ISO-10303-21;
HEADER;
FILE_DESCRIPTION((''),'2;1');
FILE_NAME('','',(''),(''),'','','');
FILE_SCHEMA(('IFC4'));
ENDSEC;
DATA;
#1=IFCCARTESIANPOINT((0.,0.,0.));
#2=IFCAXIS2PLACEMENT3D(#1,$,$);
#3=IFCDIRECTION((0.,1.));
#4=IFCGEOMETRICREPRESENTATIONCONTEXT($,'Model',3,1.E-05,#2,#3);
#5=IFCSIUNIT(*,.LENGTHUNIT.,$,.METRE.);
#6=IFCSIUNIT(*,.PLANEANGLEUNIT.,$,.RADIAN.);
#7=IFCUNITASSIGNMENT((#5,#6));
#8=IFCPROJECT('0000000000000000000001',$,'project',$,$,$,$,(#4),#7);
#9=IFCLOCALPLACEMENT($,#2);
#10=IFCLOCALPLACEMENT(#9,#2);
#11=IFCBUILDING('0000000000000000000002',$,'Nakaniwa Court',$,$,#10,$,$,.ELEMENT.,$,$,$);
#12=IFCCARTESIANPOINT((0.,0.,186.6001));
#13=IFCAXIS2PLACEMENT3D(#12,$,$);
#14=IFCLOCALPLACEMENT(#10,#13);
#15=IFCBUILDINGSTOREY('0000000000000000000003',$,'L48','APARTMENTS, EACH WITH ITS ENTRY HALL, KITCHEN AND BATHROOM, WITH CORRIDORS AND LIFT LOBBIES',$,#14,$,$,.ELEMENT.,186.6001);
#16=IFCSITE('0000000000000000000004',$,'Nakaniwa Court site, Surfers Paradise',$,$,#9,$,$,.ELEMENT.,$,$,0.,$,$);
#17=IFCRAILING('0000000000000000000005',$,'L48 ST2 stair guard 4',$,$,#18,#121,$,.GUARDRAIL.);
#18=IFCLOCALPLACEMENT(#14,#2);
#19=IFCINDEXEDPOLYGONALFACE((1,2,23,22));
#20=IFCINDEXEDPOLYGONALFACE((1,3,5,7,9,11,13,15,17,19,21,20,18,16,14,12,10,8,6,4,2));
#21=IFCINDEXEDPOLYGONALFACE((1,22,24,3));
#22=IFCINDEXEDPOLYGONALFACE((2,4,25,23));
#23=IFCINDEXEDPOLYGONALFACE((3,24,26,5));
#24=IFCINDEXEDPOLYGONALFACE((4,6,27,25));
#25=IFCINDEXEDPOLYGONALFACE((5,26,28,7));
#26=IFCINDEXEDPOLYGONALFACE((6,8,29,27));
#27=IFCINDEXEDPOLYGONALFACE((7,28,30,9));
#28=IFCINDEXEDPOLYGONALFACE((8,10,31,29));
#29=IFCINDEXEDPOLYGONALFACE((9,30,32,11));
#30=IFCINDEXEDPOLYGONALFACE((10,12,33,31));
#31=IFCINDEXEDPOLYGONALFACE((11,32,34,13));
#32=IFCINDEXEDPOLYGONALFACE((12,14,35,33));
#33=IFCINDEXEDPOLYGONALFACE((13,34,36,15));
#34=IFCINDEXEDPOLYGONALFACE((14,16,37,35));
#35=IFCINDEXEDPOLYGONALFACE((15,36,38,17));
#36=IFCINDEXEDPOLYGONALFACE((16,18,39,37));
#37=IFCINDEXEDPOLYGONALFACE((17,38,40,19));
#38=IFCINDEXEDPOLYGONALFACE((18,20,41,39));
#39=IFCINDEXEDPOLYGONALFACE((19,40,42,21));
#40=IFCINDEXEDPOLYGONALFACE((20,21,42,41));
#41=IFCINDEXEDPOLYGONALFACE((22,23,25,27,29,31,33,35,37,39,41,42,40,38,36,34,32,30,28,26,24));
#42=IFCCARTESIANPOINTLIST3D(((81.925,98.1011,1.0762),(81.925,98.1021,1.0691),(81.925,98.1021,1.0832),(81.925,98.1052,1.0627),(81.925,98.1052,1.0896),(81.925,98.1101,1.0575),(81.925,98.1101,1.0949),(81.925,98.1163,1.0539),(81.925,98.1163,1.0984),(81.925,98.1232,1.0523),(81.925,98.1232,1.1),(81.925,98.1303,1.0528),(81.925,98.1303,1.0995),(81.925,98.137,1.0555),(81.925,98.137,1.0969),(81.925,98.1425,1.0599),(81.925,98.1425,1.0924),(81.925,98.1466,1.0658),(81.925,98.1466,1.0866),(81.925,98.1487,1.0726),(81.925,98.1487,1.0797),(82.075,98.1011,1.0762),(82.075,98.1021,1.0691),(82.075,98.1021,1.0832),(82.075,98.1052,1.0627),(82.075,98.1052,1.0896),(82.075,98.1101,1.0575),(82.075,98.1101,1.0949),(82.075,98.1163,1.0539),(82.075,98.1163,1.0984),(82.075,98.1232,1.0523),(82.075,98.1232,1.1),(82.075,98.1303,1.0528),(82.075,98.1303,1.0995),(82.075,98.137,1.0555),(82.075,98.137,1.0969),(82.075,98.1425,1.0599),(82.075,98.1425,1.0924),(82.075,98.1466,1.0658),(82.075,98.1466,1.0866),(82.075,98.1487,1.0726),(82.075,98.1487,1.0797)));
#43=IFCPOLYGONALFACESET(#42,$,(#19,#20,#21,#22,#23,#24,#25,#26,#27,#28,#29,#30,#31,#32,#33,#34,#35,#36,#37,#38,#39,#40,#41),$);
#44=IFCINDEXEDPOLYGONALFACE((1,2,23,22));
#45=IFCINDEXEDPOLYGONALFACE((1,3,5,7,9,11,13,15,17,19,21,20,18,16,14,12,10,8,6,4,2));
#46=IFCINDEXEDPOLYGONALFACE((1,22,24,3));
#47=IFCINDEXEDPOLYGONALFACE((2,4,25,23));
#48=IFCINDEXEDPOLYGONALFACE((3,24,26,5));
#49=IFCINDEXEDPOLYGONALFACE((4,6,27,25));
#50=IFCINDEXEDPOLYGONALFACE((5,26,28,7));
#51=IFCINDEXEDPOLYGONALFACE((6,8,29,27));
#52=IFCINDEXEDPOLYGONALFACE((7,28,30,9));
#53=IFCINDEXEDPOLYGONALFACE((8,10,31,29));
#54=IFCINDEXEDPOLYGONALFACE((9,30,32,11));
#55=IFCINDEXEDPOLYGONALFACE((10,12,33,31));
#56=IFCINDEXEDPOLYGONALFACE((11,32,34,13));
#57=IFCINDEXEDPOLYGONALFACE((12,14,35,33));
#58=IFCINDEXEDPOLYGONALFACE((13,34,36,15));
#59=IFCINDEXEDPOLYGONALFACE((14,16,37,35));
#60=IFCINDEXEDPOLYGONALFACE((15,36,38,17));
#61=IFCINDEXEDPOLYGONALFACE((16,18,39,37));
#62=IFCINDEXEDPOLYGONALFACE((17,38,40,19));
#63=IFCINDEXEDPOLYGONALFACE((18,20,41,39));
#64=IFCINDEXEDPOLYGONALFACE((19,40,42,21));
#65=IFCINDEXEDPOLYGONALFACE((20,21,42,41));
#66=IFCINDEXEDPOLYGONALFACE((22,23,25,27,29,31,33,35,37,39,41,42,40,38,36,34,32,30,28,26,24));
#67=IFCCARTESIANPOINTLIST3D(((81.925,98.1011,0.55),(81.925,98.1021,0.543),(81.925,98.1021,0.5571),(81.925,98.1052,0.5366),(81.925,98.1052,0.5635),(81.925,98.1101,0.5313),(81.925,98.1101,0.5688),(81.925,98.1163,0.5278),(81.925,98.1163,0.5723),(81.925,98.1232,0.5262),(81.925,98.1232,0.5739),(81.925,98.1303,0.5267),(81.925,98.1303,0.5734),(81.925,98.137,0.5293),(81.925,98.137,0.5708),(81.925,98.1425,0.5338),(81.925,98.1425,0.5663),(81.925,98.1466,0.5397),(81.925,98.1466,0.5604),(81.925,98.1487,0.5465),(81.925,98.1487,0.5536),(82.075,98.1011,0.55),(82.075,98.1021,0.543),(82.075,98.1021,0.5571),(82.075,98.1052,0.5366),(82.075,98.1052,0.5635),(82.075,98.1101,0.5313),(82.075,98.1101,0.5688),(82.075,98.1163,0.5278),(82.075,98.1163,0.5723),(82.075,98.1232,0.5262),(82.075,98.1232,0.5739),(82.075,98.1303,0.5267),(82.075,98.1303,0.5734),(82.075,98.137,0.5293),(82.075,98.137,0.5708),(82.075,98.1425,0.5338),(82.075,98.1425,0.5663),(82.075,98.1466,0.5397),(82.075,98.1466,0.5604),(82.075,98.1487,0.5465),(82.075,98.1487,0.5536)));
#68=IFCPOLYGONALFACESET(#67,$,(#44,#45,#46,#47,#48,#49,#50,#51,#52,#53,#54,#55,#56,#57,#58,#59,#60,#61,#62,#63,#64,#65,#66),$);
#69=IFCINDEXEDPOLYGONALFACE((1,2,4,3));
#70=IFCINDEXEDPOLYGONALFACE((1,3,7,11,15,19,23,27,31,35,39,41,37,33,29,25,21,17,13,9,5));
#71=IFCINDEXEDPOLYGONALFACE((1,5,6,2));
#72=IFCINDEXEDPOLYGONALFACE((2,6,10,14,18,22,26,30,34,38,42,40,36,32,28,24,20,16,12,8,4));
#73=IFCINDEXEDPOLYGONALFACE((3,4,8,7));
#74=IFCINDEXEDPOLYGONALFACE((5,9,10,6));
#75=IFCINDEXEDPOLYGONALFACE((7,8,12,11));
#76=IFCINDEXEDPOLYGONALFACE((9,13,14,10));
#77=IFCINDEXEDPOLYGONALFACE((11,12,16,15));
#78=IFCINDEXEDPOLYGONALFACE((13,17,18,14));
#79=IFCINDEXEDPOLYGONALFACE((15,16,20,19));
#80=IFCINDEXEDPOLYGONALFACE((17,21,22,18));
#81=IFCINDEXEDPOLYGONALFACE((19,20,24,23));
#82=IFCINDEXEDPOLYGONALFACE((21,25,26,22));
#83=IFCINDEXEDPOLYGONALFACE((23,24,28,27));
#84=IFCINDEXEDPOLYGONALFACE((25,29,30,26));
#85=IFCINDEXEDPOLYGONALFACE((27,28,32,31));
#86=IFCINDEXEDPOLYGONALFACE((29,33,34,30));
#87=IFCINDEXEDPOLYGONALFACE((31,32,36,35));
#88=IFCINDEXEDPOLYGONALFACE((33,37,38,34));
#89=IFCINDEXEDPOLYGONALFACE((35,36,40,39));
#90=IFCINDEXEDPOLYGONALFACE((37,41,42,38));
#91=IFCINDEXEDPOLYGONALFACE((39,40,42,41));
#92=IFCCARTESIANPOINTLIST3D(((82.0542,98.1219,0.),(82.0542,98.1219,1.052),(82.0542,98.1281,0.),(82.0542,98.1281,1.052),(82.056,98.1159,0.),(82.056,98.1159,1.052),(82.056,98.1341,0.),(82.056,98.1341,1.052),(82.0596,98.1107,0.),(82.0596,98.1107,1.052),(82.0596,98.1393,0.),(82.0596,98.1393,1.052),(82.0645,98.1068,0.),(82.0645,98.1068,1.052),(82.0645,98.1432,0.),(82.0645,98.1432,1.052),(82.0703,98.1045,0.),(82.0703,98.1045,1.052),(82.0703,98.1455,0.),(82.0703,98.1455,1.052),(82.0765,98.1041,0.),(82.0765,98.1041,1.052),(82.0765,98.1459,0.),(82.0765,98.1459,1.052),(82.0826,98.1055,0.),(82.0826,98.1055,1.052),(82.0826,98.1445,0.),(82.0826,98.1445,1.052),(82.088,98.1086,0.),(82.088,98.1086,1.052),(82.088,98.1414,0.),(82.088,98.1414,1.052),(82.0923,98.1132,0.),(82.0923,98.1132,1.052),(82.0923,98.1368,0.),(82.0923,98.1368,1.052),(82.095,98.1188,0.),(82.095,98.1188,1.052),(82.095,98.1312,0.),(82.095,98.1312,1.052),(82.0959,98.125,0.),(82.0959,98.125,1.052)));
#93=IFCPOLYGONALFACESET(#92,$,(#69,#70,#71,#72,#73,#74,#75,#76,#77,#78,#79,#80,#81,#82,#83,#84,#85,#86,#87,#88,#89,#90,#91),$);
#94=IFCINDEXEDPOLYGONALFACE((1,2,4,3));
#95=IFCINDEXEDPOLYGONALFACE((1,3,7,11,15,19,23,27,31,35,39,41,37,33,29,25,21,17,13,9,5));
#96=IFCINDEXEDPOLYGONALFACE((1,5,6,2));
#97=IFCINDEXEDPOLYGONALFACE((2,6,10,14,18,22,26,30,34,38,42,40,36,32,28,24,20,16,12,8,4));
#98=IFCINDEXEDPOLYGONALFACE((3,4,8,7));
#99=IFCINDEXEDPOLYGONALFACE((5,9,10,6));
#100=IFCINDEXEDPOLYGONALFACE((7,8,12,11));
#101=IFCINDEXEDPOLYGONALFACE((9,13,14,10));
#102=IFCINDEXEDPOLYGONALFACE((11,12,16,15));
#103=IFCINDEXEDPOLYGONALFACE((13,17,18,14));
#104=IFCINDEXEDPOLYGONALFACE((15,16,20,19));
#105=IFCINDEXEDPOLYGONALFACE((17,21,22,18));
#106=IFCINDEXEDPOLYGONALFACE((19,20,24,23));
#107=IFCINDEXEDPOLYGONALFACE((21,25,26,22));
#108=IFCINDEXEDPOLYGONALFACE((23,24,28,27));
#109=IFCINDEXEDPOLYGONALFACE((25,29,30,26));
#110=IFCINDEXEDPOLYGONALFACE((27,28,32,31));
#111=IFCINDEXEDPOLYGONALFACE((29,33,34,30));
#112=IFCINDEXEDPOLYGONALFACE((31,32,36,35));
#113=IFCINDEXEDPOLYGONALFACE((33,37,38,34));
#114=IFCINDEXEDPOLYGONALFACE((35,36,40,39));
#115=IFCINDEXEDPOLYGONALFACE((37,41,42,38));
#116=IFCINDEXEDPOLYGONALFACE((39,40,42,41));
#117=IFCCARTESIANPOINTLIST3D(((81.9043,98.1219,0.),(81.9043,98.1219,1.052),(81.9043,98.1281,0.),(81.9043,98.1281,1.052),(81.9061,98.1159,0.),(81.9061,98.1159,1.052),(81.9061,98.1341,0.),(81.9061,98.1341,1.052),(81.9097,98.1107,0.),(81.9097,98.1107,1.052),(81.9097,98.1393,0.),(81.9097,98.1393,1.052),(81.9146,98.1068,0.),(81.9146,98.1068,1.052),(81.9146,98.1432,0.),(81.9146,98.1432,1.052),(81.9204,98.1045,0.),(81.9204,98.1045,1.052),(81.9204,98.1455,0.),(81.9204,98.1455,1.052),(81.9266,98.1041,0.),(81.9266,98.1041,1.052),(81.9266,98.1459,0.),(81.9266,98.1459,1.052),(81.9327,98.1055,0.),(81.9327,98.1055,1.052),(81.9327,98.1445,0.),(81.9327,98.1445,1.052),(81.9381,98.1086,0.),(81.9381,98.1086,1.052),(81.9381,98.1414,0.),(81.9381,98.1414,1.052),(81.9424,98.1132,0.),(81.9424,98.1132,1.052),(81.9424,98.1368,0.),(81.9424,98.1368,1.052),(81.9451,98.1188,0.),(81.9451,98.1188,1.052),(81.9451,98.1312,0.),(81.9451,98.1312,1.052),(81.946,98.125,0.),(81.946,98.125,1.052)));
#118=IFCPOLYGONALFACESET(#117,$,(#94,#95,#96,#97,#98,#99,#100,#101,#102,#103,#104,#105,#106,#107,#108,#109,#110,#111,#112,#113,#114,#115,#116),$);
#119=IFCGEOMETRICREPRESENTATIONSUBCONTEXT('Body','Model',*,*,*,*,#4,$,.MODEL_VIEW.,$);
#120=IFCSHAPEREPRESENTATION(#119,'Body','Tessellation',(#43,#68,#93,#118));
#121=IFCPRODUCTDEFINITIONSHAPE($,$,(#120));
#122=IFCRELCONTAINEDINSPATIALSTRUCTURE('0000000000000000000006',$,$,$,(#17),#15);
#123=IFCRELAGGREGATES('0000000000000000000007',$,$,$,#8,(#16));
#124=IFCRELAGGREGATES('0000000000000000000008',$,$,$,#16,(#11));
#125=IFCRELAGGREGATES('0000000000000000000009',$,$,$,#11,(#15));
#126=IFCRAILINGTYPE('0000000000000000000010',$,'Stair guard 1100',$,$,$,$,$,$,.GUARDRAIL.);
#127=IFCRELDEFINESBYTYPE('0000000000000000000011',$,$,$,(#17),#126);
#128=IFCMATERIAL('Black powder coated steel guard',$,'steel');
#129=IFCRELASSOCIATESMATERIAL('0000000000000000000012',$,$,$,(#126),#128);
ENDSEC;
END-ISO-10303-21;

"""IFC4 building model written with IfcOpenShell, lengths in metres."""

from ifc_helpers import new_model, si_unit, direction, frame, origin, origin_2d, place, context, subcontext, project, spatial, circle, extrude, material, type_object, element, save


model = new_model("IFC4")

# Units and contexts
model_context = context("Model", 3, precision=1e-05, world=origin(), true_north=direction((0.0, 1.0)))
body_context = subcontext(model_context, "Body", "Model", "MODEL_VIEW")
ifc_project = project(units=[si_unit("LENGTHUNIT", "METRE"), si_unit("PLANEANGLEUNIT", "RADIAN")], contexts=[model_context])

# Site, building, storey
site_placement = place(None, origin())
site = spatial("IfcSite", under=ifc_project, at=site_placement, Name="Nakaniwa Court site, Surfers Paradise", CompositionType="ELEMENT", RefElevation=0.0)
building_placement = place(site_placement, origin())
building = spatial("IfcBuilding", under=site, at=building_placement, Name="Nakaniwa Court", CompositionType="ELEMENT")
storey_placement = place(building_placement, frame((0.0, 0.0, 186.6001)))
storey = spatial("IfcBuildingStorey", under=building, at=storey_placement, Name="L48", Description="APARTMENTS, EACH WITH ITS ENTRY HALL, KITCHEN AND BATHROOM, WITH CORRIDORS AND LIFT LOBBIES", CompositionType="ELEMENT", Elevation=186.6001)

# Railing
ifc_material_1 = material(Name="Black powder coated steel guard", Category="steel")
railing_type_1 = type_object("IfcRailingType", Name="Stair guard 1100", PredefinedType="GUARDRAIL", material=ifc_material_1)
railing_1_placement = place(storey_placement, frame((82.075, 98.125, 0.0)))
element("IfcRailing", 1, at=railing_1_placement, inside=storey, type_object=railing_type_1, Name="L48 ST2 stair guard 4", PredefinedType="GUARDRAIL", context=body_context, shape_type="SweptSolid", body=[
    extrude(circle(Radius=0.0239, at=origin_2d()), frame((0.0, 0.0, 1.0762), z_axis=(-1.0, 0.0, 0.0), x_axis=(0.0, -1.0, 0.0)), (0.0, 0.0, 1.0), 0.1499),
    extrude(circle(Radius=0.0239, at=origin_2d()), frame((0.0, 0.0, 0.55), z_axis=(-1.0, 0.0, 0.0), x_axis=(0.0, -1.0, 0.0)), (0.0, 0.0, 1.0), 0.1499),
    extrude(circle(Radius=0.021, at=origin_2d()), origin(), (0.0, 0.0, 1.0), 1.052),
    extrude(circle(Radius=0.021, at=origin_2d()), frame((-0.1499, 0.0, 0.0)), (0.0, 0.0, 1.0), 1.052),
])

save(model, "model.ifc")
